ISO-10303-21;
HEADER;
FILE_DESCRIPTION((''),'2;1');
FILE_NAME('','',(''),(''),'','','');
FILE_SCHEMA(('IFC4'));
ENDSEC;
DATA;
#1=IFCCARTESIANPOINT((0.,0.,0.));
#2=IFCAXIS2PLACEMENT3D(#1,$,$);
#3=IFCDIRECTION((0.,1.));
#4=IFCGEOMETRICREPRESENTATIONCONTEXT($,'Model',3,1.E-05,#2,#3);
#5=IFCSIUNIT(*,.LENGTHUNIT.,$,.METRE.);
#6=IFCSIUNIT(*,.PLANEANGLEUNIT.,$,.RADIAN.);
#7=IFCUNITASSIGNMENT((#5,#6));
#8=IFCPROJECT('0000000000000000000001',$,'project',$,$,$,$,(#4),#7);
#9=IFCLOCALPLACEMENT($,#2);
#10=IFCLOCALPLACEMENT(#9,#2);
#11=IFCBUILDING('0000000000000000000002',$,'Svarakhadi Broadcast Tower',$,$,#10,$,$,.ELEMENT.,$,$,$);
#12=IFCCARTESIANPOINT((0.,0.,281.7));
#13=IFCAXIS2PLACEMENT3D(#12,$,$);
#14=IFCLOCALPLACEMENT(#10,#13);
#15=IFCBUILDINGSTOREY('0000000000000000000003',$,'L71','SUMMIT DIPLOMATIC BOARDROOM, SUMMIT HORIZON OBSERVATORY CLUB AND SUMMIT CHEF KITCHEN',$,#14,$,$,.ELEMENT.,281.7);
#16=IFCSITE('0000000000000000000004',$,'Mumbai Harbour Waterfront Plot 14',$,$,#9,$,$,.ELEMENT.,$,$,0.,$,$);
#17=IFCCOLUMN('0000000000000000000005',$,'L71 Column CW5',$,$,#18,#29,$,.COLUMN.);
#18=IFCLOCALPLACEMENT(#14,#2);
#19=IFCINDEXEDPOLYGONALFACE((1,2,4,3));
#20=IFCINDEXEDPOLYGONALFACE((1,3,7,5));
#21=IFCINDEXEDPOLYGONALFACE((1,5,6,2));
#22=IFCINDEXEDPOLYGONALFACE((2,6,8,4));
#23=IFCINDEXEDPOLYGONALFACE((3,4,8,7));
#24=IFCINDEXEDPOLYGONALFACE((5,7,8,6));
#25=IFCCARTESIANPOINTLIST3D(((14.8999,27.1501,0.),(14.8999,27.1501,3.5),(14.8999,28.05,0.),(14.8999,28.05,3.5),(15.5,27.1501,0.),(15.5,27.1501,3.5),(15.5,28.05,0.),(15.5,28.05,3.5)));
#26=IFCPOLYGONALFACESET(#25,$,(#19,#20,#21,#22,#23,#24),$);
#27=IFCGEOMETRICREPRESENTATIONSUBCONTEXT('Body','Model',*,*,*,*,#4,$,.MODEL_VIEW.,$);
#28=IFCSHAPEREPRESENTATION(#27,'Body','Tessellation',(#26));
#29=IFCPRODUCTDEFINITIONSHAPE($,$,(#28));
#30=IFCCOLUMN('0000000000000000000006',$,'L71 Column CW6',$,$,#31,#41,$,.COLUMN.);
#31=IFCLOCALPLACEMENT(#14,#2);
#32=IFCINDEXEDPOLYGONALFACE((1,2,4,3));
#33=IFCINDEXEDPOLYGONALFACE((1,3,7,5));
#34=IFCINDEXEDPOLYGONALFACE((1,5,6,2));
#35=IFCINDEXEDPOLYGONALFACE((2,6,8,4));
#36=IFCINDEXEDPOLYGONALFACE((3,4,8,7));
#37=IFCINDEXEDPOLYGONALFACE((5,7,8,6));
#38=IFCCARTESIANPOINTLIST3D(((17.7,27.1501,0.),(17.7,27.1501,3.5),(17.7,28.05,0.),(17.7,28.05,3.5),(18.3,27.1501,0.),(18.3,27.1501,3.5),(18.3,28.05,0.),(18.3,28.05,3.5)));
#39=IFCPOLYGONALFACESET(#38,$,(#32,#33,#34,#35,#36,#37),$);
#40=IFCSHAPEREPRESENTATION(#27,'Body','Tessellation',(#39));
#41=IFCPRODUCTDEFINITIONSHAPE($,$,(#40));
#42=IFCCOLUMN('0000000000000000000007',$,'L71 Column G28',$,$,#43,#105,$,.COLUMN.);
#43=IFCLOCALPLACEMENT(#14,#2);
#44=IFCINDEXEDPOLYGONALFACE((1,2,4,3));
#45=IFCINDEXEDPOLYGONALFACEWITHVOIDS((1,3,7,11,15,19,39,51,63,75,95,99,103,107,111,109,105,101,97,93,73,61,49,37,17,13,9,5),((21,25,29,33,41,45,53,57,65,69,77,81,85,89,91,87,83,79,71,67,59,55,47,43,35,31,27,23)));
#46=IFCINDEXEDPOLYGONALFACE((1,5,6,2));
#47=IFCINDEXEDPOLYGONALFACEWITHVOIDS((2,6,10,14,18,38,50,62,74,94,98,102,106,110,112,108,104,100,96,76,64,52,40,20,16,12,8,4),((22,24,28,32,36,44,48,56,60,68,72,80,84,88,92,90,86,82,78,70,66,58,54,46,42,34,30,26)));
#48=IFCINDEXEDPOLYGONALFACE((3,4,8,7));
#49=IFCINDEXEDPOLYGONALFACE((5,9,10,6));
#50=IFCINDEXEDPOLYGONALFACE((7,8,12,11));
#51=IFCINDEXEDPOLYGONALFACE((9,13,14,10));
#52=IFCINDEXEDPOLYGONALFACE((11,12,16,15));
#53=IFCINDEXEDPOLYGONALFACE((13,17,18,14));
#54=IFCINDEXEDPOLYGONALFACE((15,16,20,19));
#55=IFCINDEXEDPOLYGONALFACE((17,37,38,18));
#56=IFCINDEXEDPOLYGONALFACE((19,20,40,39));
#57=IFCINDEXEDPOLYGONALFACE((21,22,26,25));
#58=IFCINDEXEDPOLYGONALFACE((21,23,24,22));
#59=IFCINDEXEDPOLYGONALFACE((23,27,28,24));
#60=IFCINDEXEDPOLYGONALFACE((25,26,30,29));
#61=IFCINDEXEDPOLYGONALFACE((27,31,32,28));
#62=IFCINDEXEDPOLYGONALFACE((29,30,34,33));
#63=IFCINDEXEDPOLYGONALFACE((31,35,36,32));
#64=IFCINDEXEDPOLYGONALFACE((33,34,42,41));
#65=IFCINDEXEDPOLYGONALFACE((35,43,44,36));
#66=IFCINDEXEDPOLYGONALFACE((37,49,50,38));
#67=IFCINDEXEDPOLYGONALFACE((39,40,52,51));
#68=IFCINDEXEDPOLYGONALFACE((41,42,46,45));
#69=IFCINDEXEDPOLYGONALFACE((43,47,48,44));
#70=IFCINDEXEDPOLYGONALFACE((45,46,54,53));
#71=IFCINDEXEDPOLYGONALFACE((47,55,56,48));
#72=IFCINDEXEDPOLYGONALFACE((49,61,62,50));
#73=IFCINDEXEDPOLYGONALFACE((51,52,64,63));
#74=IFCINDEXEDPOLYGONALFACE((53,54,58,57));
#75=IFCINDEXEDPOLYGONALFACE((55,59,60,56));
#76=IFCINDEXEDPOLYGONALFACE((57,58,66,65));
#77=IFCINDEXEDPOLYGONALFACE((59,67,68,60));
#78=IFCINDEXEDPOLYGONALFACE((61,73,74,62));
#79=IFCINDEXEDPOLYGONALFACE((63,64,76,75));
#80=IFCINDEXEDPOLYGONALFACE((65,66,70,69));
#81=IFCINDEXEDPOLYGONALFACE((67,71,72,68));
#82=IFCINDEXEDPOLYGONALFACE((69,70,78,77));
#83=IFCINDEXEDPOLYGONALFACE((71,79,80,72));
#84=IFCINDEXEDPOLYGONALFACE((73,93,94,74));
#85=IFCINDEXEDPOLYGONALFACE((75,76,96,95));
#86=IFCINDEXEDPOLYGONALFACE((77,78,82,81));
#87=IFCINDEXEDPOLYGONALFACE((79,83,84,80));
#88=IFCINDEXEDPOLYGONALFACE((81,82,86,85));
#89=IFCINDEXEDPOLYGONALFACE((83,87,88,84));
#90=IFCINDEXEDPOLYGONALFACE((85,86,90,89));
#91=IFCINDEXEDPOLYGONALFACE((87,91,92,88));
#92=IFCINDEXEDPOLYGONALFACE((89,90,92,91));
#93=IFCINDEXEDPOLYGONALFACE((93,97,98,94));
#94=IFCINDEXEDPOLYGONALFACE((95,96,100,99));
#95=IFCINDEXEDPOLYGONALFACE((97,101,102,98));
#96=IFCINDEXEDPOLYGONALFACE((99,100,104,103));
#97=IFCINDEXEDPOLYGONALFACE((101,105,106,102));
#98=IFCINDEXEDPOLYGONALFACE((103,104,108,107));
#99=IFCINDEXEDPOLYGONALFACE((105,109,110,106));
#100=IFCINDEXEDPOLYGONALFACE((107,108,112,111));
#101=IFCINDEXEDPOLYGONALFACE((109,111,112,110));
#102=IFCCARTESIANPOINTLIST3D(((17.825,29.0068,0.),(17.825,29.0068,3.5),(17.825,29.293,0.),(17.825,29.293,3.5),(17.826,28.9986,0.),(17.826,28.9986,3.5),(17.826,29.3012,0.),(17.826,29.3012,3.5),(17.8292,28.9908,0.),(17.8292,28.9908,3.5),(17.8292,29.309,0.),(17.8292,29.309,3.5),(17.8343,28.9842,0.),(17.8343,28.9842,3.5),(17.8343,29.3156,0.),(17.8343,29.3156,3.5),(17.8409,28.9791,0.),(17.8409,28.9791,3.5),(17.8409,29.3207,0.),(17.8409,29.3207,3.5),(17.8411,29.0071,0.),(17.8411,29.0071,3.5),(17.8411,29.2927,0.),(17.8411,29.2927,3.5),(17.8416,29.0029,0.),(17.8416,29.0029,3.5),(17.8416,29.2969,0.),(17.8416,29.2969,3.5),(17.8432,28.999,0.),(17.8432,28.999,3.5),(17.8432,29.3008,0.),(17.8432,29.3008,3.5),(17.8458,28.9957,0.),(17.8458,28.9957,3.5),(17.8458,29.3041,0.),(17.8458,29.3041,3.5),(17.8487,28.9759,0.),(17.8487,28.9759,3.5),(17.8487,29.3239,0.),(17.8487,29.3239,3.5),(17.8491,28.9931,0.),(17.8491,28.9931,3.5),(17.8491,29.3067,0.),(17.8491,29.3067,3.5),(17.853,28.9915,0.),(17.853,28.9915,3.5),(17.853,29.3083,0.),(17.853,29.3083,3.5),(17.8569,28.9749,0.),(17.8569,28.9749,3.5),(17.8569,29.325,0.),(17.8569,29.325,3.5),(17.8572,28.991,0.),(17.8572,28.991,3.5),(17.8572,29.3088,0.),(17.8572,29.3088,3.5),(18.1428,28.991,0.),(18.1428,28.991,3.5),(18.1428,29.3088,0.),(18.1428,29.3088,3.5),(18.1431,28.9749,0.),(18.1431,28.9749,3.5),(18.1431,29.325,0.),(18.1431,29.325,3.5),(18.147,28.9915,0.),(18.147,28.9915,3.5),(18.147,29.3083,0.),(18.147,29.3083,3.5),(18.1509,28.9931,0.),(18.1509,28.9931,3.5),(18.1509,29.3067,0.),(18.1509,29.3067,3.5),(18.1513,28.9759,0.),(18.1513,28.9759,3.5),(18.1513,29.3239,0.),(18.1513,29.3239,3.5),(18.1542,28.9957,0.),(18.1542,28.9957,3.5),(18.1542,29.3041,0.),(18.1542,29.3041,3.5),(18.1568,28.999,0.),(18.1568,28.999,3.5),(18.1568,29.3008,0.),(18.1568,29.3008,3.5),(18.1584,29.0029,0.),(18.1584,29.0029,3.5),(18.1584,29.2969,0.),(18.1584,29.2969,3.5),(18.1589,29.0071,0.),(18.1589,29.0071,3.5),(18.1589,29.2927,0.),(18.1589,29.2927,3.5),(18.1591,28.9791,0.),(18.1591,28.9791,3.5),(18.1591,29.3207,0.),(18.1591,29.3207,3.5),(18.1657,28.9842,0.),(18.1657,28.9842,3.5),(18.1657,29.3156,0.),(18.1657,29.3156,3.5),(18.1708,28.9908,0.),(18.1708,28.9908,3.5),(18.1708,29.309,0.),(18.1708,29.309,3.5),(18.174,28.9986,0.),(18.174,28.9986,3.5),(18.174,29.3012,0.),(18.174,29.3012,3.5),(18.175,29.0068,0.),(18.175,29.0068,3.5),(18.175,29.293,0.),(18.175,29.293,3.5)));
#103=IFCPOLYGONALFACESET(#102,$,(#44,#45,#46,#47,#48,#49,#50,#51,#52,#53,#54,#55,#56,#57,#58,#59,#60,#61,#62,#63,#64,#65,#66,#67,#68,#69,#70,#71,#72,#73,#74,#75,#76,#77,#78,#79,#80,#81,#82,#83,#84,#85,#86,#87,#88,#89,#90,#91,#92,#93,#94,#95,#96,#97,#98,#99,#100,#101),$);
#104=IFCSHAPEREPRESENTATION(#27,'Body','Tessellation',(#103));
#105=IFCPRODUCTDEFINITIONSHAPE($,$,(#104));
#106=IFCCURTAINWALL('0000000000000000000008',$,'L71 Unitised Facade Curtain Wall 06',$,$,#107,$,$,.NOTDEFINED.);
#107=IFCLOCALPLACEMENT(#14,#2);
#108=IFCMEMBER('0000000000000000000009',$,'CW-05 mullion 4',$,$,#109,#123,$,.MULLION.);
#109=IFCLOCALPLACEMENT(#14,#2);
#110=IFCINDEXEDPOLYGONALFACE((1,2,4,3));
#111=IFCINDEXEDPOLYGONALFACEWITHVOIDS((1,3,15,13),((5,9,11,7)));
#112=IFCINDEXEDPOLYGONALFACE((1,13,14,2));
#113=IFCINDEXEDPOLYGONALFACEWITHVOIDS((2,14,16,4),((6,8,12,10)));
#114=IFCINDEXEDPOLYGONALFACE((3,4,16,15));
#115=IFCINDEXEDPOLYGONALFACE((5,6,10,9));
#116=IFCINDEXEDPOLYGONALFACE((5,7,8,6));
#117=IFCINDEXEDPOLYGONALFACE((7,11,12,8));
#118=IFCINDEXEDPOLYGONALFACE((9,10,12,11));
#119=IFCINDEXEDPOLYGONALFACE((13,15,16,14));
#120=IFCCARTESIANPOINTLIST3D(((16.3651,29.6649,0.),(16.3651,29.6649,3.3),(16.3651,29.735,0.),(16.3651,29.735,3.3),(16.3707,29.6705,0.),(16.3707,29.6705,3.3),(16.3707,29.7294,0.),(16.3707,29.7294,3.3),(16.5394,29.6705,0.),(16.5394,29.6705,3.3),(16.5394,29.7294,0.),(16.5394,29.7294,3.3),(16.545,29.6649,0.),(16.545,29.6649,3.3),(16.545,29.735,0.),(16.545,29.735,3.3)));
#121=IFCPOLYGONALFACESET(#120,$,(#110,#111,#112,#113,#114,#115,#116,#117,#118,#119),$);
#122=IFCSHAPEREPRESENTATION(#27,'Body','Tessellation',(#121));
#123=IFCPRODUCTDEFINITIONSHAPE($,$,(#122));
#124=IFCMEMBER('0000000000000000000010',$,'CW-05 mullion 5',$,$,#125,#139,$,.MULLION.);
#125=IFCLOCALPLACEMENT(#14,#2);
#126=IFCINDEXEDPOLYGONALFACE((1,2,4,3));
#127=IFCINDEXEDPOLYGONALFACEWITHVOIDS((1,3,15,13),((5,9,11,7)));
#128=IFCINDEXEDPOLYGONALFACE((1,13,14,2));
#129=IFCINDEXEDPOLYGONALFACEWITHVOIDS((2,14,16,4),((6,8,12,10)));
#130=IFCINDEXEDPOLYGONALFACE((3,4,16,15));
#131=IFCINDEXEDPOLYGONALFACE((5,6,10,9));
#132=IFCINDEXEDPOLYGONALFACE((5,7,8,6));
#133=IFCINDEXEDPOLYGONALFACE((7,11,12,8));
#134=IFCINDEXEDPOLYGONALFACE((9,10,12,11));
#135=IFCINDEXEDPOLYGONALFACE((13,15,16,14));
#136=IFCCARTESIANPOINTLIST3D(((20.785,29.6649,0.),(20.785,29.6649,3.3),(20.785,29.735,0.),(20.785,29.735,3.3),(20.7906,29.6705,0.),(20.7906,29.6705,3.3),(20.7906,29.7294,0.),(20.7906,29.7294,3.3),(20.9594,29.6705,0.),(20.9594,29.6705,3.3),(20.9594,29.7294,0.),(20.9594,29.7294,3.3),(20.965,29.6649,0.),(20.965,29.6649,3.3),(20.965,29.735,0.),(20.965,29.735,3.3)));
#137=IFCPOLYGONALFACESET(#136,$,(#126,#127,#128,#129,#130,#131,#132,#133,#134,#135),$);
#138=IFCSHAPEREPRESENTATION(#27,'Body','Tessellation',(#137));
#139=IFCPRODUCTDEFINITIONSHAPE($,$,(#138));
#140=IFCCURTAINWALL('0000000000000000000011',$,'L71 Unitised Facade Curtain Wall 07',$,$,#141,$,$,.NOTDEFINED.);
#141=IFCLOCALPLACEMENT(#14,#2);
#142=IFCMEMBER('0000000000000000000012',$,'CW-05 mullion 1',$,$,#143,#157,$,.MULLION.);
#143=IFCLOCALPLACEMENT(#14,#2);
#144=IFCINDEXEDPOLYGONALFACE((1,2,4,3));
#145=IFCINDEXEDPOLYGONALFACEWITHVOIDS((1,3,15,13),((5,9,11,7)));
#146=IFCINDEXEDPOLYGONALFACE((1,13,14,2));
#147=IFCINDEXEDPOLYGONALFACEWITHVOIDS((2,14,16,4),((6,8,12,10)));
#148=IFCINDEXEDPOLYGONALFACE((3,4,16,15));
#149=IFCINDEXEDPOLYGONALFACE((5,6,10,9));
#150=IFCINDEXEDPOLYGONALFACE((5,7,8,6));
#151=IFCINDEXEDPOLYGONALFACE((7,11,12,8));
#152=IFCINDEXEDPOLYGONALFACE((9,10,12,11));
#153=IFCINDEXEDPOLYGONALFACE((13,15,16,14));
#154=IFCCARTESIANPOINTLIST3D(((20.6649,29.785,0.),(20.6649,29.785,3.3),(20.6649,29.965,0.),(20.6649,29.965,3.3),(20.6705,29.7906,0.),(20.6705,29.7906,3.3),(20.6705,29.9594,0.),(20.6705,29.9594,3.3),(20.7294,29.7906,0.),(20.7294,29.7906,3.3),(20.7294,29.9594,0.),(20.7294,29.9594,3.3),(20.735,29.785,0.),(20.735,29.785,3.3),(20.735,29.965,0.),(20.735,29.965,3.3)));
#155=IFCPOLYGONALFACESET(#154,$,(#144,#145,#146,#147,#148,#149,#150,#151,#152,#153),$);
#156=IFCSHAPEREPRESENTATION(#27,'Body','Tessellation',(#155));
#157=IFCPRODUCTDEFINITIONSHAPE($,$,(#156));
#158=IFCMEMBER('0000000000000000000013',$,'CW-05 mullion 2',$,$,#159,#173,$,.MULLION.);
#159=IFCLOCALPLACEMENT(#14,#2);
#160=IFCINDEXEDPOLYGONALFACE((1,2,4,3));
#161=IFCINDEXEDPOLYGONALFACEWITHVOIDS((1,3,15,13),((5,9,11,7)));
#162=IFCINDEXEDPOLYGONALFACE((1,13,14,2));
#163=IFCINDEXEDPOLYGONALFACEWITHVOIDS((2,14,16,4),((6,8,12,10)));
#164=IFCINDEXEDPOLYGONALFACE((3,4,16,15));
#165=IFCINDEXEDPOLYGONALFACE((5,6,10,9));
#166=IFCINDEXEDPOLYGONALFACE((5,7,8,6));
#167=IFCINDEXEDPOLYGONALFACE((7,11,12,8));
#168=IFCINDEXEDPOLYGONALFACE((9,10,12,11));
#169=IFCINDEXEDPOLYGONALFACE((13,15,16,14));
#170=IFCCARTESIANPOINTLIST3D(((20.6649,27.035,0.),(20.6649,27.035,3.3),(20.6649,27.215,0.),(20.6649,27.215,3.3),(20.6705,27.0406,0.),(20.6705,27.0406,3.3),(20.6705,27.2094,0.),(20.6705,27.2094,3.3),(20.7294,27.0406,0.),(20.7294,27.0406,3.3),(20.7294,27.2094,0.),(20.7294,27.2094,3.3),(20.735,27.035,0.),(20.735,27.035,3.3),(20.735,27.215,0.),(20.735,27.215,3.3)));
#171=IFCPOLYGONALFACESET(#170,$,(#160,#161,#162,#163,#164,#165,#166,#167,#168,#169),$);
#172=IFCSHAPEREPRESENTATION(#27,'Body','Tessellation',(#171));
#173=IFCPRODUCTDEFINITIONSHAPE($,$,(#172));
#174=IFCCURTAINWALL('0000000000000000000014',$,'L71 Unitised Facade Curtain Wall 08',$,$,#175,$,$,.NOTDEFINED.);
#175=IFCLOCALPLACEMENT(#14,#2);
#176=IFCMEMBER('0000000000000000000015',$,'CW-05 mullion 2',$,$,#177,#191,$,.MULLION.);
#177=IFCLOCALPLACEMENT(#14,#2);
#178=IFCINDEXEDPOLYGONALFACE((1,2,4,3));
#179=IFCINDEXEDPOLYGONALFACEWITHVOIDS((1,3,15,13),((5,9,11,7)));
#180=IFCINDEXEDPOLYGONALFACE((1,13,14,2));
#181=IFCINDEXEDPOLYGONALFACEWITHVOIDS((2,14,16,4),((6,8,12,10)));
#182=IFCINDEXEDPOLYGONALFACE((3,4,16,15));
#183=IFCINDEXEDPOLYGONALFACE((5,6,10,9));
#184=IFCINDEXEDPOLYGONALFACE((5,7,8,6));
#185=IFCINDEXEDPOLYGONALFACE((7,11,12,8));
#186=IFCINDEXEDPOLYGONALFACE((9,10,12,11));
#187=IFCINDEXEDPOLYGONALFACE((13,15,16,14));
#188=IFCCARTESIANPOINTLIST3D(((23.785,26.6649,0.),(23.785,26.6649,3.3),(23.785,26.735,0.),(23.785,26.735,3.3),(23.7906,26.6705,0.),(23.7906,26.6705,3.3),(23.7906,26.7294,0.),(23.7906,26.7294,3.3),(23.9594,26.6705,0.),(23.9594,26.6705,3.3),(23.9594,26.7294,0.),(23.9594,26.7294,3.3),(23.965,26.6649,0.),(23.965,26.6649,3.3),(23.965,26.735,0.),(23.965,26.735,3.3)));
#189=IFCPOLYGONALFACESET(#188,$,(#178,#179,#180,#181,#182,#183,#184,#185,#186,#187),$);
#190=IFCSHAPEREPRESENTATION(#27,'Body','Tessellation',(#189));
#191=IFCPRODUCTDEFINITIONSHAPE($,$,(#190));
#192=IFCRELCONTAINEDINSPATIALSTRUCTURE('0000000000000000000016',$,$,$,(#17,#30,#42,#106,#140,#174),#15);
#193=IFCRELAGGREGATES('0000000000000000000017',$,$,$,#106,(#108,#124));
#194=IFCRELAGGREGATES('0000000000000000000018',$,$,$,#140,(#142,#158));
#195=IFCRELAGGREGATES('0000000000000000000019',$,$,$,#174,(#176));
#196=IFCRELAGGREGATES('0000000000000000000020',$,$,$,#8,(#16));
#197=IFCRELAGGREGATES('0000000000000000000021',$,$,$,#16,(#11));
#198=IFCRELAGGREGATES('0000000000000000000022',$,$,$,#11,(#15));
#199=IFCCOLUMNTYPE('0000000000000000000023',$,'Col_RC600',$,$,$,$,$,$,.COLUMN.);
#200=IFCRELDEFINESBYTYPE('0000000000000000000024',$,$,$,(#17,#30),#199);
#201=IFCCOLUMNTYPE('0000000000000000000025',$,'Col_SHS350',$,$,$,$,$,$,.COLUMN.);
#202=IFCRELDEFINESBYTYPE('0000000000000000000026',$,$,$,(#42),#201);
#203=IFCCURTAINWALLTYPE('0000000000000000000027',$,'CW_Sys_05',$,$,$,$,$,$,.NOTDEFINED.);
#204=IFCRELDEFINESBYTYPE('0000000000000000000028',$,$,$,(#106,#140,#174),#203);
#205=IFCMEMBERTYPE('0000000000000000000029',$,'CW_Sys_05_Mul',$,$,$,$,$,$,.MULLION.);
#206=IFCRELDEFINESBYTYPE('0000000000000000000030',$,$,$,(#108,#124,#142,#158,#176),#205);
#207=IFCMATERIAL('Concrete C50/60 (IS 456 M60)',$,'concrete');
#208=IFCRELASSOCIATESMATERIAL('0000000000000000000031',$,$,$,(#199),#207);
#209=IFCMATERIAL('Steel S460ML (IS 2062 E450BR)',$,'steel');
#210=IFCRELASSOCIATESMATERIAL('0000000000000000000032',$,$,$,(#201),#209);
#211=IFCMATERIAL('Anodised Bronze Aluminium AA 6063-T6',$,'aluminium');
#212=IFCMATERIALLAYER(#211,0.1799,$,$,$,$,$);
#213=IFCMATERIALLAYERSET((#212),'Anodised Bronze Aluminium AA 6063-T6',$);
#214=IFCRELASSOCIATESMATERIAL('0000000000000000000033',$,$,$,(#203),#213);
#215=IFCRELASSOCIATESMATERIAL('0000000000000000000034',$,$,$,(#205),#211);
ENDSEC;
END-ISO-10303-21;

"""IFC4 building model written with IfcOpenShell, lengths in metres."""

from ifc_helpers import new_model, si_unit, direction, frame, origin, origin_2d, place, context, subcontext, project, spatial, rectangle, hollow_rectangle, extrude, material, layer, layer_set, material_profile, profile_set, type_object, element, aggregate, save


model = new_model("IFC4")

# Units and contexts
model_context = context("Model", 3, precision=1e-05, world=origin(), true_north=direction((0.0, 1.0)))
body_context = subcontext(model_context, "Body", "Model", "MODEL_VIEW")
ifc_project = project(units=[si_unit("LENGTHUNIT", "METRE"), si_unit("PLANEANGLEUNIT", "RADIAN")], contexts=[model_context])

# Site, building, storey
site_placement = place(None, origin())
site = spatial("IfcSite", under=ifc_project, at=site_placement, Name="Mumbai Harbour Waterfront Plot 14", CompositionType="ELEMENT", RefElevation=0.0)
building_placement = place(site_placement, origin())
building = spatial("IfcBuilding", under=site, at=building_placement, Name="Svarakhadi Broadcast Tower", CompositionType="ELEMENT")
storey_placement = place(building_placement, frame((0.0, 0.0, 281.7)))
storey = spatial("IfcBuildingStorey", under=building, at=storey_placement, Name="L71", Description="SUMMIT DIPLOMATIC BOARDROOM, SUMMIT HORIZON OBSERVATORY CLUB AND SUMMIT CHEF KITCHEN", CompositionType="ELEMENT", Elevation=281.7)

# Columns
ifc_material_1 = material(Name="Concrete C50/60 (IS 456 M60)", Category="concrete")
ifc_material_profile_1 = material_profile(ifc_material_1, rectangle(XDim=0.6001, YDim=0.8999, at=origin_2d()), Name="RC 600x900")
ifc_profile_set_1 = profile_set([ifc_material_profile_1], Name="Concrete C50/60 (IS 456 M60)")
column_type_1 = type_object("IfcColumnType", Name="Col_RC600", PredefinedType="COLUMN", material=ifc_profile_set_1)
for number, where, z_axis, x_axis, name in (
    (1, (15.2, 27.6001, 0.0), (0.0, 0.0, 1.0), (1.0, 0.0, 0.0), "L71 Column CW5"),
    (2, (18.0, 27.6001, 0.0), (0.0, 0.0, 1.0), (1.0, 0.0, 0.0), "L71 Column CW6"),
):
    element("IfcColumn", number, at=place(storey_placement, frame(where, z_axis=z_axis, x_axis=x_axis)), inside=storey, type_object=column_type_1, Name=name, PredefinedType="COLUMN", context=body_context, shape_type="SweptSolid", body=[
        extrude(rectangle(XDim=0.6001, YDim=0.8999, at=origin_2d()), origin(), (0.0, 0.0, 1.0), 3.5),
    ])
ifc_material_2 = material(Name="Steel S460ML (IS 2062 E450BR)", Category="steel")
ifc_material_profile_2 = material_profile(ifc_material_2, hollow_rectangle(XDim=0.3501, YDim=0.3501, WallThickness=0.0161, InnerFilletRadius=0.0161, OuterFilletRadius=0.032, at=origin_2d()), Name="SHS 350x350x16")
ifc_profile_set_2 = profile_set([ifc_material_profile_2], Name="Steel S460ML (IS 2062 E450BR)")
column_type_2 = type_object("IfcColumnType", Name="Col_SHS350", PredefinedType="COLUMN", material=ifc_profile_set_2)
column_placement = place(storey_placement, frame((18.0, 29.1499, 0.0), z_axis=(0.0, 0.0, 1.0), x_axis=(1.0, 0.0, 0.0)))
element("IfcColumn", 3, at=column_placement, inside=storey, type_object=column_type_2, Name="L71 Column G28", PredefinedType="COLUMN", context=body_context, shape_type="SweptSolid", body=[
    extrude(hollow_rectangle(XDim=0.3501, YDim=0.3501, WallThickness=0.0161, InnerFilletRadius=0.0161, OuterFilletRadius=0.032, at=origin_2d()), origin(), (0.0, 0.0, 1.0), 3.5),
])

# Curtain walls, members
ifc_material_3 = material(Name="Anodised Bronze Aluminium AA 6063-T6", Category="aluminium")
ifc_layer_1 = layer(ifc_material_3, 0.1799)
ifc_layer_set_1 = layer_set([ifc_layer_1], Name="Anodised Bronze Aluminium AA 6063-T6")
curtain_wall_type = type_object("IfcCurtainWallType", Name="CW_Sys_05", PredefinedType="NOTDEFINED", material=ifc_layer_set_1)
curtain_wall_1_placement = place(storey_placement, origin())
curtain_wall_1 = element("IfcCurtainWall", 4, at=curtain_wall_1_placement, inside=storey, type_object=curtain_wall_type, Name="L71 Unitised Facade Curtain Wall 06", PredefinedType="NOTDEFINED")
ifc_material_profile_3 = material_profile(ifc_material_3, hollow_rectangle(XDim=0.0701, YDim=0.1799, WallThickness=0.0056, at=origin_2d()), Name="ALU MULLION 180x70x6")
ifc_profile_set_3 = profile_set([ifc_material_profile_3], Name="Anodised Bronze Aluminium AA 6063-T6")
member_type_1 = type_object("IfcMemberType", Name="CW_Sys_05_Mul", PredefinedType="MULLION", material=ifc_profile_set_3)
member_1_placement = place(storey_placement, frame((16.4551, 29.7, 0.0), z_axis=(0.0, 0.0, 1.0), x_axis=(0.0, 1.0, 0.0)))
member_1 = element("IfcMember", 5, at=member_1_placement, type_object=member_type_1, Name="CW-05 mullion 4", PredefinedType="MULLION", context=body_context, shape_type="SweptSolid", body=[
    extrude(hollow_rectangle(XDim=0.0701, YDim=0.1799, WallThickness=0.0056, at=origin_2d()), origin(), (0.0, 0.0, 1.0), 3.3),
])
member_2_placement = place(storey_placement, frame((20.875, 29.7, 0.0), z_axis=(0.0, 0.0, 1.0), x_axis=(0.0, 1.0, 0.0)))
member_2 = element("IfcMember", 6, at=member_2_placement, type_object=member_type_1, Name="CW-05 mullion 5", PredefinedType="MULLION", context=body_context, shape_type="SweptSolid", body=[
    extrude(hollow_rectangle(XDim=0.0701, YDim=0.1799, WallThickness=0.0056, at=origin_2d()), origin(), (0.0, 0.0, 1.0), 3.3),
])
curtain_wall_2_placement = place(storey_placement, origin())
curtain_wall_2 = element("IfcCurtainWall", 7, at=curtain_wall_2_placement, inside=storey, type_object=curtain_wall_type, Name="L71 Unitised Facade Curtain Wall 07", PredefinedType="NOTDEFINED")
member_3_placement = place(storey_placement, frame((20.7, 29.875, 0.0), z_axis=(0.0, 0.0, 1.0), x_axis=(1.0, 0.0, 0.0)))
member_3 = element("IfcMember", 8, at=member_3_placement, type_object=member_type_1, Name="CW-05 mullion 1", PredefinedType="MULLION", context=body_context, shape_type="SweptSolid", body=[
    extrude(hollow_rectangle(XDim=0.0701, YDim=0.1799, WallThickness=0.0056, at=origin_2d()), origin(), (0.0, 0.0, 1.0), 3.3),
])
member_4_placement = place(storey_placement, frame((20.7, 27.125, 0.0), z_axis=(0.0, 0.0, 1.0), x_axis=(1.0, 0.0, 0.0)))
member_4 = element("IfcMember", 9, at=member_4_placement, type_object=member_type_1, Name="CW-05 mullion 2", PredefinedType="MULLION", context=body_context, shape_type="SweptSolid", body=[
    extrude(hollow_rectangle(XDim=0.0701, YDim=0.1799, WallThickness=0.0056, at=origin_2d()), origin(), (0.0, 0.0, 1.0), 3.3),
])

# Curtain wall, member
curtain_wall_3_placement = place(storey_placement, origin())
curtain_wall_3 = element("IfcCurtainWall", 10, at=curtain_wall_3_placement, inside=storey, type_object=curtain_wall_type, Name="L71 Unitised Facade Curtain Wall 08", PredefinedType="NOTDEFINED")
member_5_placement = place(storey_placement, frame((23.875, 26.7, 0.0), z_axis=(0.0, 0.0, 1.0), x_axis=(0.0, 1.0, 0.0)))
member_5 = element("IfcMember", 11, at=member_5_placement, type_object=member_type_1, Name="CW-05 mullion 2", PredefinedType="MULLION", context=body_context, shape_type="SweptSolid", body=[
    extrude(hollow_rectangle(XDim=0.0701, YDim=0.1799, WallThickness=0.0056, at=origin_2d()), origin(), (0.0, 0.0, 1.0), 3.3),
])

aggregate(curtain_wall_1, [member_1, member_2])
aggregate(curtain_wall_2, [member_3, member_4])
aggregate(curtain_wall_3, [member_5])

save(model, "model.ifc")
